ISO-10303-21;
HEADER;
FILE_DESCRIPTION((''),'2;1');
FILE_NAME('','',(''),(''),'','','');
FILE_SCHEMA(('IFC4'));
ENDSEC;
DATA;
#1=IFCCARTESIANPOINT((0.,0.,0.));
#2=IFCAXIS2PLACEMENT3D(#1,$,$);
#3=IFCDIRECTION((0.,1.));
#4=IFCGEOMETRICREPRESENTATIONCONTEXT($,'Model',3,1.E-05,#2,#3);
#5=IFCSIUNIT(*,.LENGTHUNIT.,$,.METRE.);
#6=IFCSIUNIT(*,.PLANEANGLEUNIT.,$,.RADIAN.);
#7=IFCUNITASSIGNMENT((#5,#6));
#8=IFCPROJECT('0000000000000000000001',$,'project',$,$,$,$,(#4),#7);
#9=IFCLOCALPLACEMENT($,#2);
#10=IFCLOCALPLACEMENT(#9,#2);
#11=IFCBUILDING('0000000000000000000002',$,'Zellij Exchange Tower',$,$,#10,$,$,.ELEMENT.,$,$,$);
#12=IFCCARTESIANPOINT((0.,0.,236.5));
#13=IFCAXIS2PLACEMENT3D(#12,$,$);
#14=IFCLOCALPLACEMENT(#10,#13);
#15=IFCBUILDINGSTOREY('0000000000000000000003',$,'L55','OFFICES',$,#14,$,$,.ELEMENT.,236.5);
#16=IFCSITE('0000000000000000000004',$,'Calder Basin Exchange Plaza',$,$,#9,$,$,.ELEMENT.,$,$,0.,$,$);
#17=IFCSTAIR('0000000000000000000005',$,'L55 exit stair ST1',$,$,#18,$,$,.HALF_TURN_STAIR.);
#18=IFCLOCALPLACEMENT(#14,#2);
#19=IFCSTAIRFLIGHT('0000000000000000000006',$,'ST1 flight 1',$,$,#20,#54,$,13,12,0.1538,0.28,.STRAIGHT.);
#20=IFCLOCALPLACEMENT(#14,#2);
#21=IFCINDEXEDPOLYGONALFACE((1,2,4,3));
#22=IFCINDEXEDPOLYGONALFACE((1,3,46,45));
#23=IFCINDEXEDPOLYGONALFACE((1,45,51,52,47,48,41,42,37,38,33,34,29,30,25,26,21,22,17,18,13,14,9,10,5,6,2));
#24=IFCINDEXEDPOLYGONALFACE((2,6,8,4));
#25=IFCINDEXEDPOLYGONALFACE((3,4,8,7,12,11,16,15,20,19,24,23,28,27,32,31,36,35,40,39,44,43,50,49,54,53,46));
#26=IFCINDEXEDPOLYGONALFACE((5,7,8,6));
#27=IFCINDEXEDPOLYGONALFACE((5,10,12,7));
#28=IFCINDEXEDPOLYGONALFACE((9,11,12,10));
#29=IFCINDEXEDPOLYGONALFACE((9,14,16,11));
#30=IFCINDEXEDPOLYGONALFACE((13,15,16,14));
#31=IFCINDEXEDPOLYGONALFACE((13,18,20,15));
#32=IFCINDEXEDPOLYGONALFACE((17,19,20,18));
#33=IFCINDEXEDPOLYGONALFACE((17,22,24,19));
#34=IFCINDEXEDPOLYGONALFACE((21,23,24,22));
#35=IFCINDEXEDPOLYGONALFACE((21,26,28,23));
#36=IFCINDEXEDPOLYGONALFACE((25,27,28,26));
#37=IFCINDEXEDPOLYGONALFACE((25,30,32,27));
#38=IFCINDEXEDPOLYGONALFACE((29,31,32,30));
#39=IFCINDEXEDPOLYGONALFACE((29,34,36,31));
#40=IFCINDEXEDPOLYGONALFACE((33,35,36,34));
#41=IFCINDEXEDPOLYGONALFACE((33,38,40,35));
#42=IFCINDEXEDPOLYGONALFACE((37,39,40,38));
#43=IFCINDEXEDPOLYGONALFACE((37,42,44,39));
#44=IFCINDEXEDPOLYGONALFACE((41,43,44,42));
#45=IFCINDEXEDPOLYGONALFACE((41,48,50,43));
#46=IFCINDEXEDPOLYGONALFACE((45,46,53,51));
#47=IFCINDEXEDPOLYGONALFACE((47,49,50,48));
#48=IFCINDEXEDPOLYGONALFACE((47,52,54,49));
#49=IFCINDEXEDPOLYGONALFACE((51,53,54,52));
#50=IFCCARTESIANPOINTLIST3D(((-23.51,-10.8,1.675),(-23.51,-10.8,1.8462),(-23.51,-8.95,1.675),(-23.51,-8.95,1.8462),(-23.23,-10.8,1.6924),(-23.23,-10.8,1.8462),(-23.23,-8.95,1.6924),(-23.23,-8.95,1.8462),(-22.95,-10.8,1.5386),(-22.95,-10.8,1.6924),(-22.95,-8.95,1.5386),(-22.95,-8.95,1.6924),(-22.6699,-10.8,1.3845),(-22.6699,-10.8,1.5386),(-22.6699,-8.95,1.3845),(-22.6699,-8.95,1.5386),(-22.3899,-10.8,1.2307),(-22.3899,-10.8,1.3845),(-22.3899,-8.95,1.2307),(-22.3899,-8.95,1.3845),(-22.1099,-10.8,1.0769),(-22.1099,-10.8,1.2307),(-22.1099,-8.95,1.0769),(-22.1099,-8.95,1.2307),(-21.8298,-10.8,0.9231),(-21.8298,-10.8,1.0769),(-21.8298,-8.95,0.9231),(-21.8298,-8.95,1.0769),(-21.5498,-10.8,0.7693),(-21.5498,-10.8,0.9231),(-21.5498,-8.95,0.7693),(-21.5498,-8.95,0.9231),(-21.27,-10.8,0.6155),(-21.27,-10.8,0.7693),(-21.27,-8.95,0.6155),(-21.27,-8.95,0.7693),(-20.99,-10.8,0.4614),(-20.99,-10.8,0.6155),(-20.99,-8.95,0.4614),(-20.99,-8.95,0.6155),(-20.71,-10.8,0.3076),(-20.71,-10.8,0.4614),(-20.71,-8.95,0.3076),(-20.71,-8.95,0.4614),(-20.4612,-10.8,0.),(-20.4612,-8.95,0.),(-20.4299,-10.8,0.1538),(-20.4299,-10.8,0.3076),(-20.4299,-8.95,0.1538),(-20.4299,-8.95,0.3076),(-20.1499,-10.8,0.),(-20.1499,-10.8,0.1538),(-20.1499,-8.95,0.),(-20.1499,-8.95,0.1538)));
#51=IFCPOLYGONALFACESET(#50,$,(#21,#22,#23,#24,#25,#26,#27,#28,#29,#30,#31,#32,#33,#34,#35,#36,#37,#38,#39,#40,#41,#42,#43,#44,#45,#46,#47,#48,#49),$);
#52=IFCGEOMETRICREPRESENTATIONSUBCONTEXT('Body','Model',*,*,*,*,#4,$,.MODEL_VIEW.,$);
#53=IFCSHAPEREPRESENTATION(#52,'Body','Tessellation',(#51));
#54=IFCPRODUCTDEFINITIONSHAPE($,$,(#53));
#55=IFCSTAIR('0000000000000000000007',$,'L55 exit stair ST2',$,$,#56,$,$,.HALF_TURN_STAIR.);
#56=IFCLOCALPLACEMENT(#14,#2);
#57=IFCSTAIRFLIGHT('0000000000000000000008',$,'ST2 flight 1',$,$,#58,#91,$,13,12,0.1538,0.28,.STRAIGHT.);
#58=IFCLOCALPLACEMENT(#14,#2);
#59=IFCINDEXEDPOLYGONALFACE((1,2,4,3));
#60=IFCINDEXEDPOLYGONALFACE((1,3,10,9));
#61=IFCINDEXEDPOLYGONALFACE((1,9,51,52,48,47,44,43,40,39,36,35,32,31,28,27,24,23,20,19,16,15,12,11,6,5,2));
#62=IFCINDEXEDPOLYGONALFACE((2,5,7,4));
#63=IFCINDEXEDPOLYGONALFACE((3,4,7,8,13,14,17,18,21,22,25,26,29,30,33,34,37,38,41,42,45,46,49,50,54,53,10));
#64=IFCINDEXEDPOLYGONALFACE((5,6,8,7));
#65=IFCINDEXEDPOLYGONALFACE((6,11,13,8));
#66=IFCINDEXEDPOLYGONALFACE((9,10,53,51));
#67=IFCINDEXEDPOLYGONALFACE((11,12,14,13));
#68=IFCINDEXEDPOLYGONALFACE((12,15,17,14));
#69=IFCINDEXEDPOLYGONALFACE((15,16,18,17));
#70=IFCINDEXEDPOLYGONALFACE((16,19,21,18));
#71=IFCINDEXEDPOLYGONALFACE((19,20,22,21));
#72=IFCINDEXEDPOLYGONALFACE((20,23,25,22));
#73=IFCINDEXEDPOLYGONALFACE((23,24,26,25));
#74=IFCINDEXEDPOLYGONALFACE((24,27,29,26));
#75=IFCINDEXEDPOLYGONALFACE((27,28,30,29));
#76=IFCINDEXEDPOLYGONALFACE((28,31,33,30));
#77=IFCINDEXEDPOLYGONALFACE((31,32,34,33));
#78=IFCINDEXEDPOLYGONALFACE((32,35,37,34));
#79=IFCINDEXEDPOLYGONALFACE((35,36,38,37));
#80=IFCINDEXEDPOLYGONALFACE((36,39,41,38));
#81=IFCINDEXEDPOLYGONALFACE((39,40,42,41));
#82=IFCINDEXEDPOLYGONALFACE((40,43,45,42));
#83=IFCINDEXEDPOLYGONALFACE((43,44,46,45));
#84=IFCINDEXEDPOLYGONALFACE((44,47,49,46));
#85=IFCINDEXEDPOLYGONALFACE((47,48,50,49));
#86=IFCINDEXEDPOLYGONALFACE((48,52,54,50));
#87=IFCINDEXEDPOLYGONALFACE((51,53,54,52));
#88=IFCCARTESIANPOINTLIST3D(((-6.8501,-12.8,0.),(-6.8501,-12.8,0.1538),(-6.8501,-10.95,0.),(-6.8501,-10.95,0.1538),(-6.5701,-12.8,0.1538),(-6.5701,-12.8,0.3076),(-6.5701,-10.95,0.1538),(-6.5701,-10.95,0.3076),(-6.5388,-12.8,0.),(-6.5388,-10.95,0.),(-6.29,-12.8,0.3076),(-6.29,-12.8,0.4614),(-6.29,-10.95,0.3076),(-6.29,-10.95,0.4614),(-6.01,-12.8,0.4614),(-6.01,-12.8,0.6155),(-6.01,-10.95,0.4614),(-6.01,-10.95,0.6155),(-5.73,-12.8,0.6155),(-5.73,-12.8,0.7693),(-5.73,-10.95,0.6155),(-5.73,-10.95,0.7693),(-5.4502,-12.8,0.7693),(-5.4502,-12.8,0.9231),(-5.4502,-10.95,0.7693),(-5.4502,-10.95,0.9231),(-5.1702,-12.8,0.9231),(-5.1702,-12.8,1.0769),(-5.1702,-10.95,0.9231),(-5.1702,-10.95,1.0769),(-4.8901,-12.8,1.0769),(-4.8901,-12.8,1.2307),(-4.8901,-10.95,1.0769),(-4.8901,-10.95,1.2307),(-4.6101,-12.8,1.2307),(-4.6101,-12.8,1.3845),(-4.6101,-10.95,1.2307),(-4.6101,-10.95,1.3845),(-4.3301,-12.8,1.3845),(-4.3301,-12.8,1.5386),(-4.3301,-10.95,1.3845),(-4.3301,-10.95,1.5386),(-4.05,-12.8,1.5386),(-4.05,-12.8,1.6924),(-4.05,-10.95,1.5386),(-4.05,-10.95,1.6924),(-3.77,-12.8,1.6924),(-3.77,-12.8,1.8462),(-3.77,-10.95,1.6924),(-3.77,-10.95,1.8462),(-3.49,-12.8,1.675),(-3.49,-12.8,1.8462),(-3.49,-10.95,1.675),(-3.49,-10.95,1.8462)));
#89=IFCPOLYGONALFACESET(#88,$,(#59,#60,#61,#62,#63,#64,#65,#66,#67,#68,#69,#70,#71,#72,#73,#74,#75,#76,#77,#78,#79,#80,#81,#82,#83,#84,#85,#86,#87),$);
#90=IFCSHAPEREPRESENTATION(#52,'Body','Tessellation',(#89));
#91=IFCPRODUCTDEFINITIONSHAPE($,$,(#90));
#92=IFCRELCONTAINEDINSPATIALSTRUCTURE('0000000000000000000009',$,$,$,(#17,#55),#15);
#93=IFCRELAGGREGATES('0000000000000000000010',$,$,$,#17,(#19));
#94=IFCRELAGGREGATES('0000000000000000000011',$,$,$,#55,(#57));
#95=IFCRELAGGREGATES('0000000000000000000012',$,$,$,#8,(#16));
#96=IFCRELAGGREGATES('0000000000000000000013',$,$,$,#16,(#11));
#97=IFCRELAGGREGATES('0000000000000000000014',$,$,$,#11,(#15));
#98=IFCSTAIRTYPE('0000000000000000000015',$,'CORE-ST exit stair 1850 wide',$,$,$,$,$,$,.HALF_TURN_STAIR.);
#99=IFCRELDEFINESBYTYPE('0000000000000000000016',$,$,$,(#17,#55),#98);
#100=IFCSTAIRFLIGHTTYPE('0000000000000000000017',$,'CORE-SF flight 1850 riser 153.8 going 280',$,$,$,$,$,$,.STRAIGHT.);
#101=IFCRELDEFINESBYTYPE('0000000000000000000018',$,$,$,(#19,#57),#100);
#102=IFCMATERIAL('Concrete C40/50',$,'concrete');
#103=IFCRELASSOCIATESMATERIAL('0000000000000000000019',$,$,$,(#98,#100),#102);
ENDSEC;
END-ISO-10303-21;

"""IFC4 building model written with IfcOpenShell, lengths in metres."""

from ifc_helpers import new_model, si_unit, direction, frame, origin, place, context, subcontext, project, spatial, polyline, outline, extrude, material, type_object, element, aggregate, save


model = new_model("IFC4")

# Units and contexts
model_context = context("Model", 3, precision=1e-05, world=origin(), true_north=direction((0.0, 1.0)))
body_context = subcontext(model_context, "Body", "Model", "MODEL_VIEW")
ifc_project = project(units=[si_unit("LENGTHUNIT", "METRE"), si_unit("PLANEANGLEUNIT", "RADIAN")], contexts=[model_context])

# Site, building, storey
site_placement = place(None, origin())
site = spatial("IfcSite", under=ifc_project, at=site_placement, Name="Calder Basin Exchange Plaza", CompositionType="ELEMENT", RefElevation=0.0)
building_placement = place(site_placement, origin())
building = spatial("IfcBuilding", under=site, at=building_placement, Name="Zellij Exchange Tower", CompositionType="ELEMENT")
storey_placement = place(building_placement, frame((0.0, 0.0, 236.5)))
storey = spatial("IfcBuildingStorey", under=building, at=storey_placement, Name="L55", Description="OFFICES", CompositionType="ELEMENT", Elevation=236.5)

# Stairs, stair flights
ifc_material_1 = material(Name="Concrete C40/50", Category="concrete")
stair_type = type_object("IfcStairType", Name="CORE-ST exit stair 1850 wide", PredefinedType="HALF_TURN_STAIR", material=ifc_material_1)
stair_1_placement = place(storey_placement, origin())
stair_1 = element("IfcStair", 1, at=stair_1_placement, inside=storey, type_object=stair_type, Name="L55 exit stair ST1", PredefinedType="HALF_TURN_STAIR")
stair_flight_type = type_object("IfcStairFlightType", Name="CORE-SF flight 1850 riser 153.8 going 280", PredefinedType="STRAIGHT", material=ifc_material_1)
stair_flight_1_placement = place(storey_placement, frame((-20.1499, -9.875, 0.0), z_axis=(0.0, 0.0, 1.0), x_axis=(-1.0, 0.0, 0.0)))
stair_flight_1 = element("IfcStairFlight", 2, at=stair_flight_1_placement, type_object=stair_flight_type, Name="ST1 flight 1", NumberOfRisers=13, NumberOfTreads=12, PredefinedType="STRAIGHT", RiserHeight=0.1538, TreadLength=0.28, context=body_context, shape_type="SweptSolid", body=[
    extrude(outline(polyline([(0.0, 0.0), (0.0, 0.1538), (0.28, 0.1538), (0.28, 0.3076), (0.5601, 0.3076), (0.5601, 0.4614), (0.8401, 0.4614), (0.8401, 0.6155), (1.1201, 0.6155), (1.1201, 0.7693), (1.3999, 0.7693), (1.3999, 0.9231), (1.6799, 0.9231), (1.6799, 1.0769), (1.96, 1.0769), (1.96, 1.2307), (2.24, 1.2307), (2.24, 1.3845), (2.52, 1.3845), (2.52, 1.5386), (2.8, 1.5386), (2.8, 1.6924), (3.0801, 1.6924), (3.0801, 1.8462), (3.3601, 1.8462), (3.3601, 2.0), (3.3601, 1.675), (0.3113, 0.0), (0.0, 0.0)])), frame((0.0, 0.925, 0.0), z_axis=(0.0, -1.0, 0.0), x_axis=(1.0, 0.0, 0.0)), (0.0, 0.0, 1.0), 1.8501),
])
aggregate(stair_1, [stair_flight_1])
stair_2_placement = place(storey_placement, origin())
stair_2 = element("IfcStair", 3, at=stair_2_placement, inside=storey, type_object=stair_type, Name="L55 exit stair ST2", PredefinedType="HALF_TURN_STAIR")
stair_flight_2_placement = place(storey_placement, frame((-6.8501, -11.875, 0.0), z_axis=(0.0, 0.0, 1.0), x_axis=(1.0, 0.0, 0.0)))
stair_flight_2 = element("IfcStairFlight", 4, at=stair_flight_2_placement, type_object=stair_flight_type, Name="ST2 flight 1", NumberOfRisers=13, NumberOfTreads=12, PredefinedType="STRAIGHT", RiserHeight=0.1538, TreadLength=0.28, context=body_context, shape_type="SweptSolid", body=[
    extrude(outline(polyline([(0.0, 0.0), (0.0, 0.1538), (0.28, 0.1538), (0.28, 0.3076), (0.5601, 0.3076), (0.5601, 0.4614), (0.8401, 0.4614), (0.8401, 0.6155), (1.1201, 0.6155), (1.1201, 0.7693), (1.3999, 0.7693), (1.3999, 0.9231), (1.6799, 0.9231), (1.6799, 1.0769), (1.96, 1.0769), (1.96, 1.2307), (2.24, 1.2307), (2.24, 1.3845), (2.52, 1.3845), (2.52, 1.5386), (2.8, 1.5386), (2.8, 1.6924), (3.0801, 1.6924), (3.0801, 1.8462), (3.3601, 1.8462), (3.3601, 2.0), (3.3601, 1.675), (0.3113, 0.0), (0.0, 0.0)])), frame((0.0, 0.925, 0.0), z_axis=(0.0, -1.0, 0.0), x_axis=(1.0, 0.0, 0.0)), (0.0, 0.0, 1.0), 1.8501),
])
aggregate(stair_2, [stair_flight_2])

save(model, "model.ifc")
